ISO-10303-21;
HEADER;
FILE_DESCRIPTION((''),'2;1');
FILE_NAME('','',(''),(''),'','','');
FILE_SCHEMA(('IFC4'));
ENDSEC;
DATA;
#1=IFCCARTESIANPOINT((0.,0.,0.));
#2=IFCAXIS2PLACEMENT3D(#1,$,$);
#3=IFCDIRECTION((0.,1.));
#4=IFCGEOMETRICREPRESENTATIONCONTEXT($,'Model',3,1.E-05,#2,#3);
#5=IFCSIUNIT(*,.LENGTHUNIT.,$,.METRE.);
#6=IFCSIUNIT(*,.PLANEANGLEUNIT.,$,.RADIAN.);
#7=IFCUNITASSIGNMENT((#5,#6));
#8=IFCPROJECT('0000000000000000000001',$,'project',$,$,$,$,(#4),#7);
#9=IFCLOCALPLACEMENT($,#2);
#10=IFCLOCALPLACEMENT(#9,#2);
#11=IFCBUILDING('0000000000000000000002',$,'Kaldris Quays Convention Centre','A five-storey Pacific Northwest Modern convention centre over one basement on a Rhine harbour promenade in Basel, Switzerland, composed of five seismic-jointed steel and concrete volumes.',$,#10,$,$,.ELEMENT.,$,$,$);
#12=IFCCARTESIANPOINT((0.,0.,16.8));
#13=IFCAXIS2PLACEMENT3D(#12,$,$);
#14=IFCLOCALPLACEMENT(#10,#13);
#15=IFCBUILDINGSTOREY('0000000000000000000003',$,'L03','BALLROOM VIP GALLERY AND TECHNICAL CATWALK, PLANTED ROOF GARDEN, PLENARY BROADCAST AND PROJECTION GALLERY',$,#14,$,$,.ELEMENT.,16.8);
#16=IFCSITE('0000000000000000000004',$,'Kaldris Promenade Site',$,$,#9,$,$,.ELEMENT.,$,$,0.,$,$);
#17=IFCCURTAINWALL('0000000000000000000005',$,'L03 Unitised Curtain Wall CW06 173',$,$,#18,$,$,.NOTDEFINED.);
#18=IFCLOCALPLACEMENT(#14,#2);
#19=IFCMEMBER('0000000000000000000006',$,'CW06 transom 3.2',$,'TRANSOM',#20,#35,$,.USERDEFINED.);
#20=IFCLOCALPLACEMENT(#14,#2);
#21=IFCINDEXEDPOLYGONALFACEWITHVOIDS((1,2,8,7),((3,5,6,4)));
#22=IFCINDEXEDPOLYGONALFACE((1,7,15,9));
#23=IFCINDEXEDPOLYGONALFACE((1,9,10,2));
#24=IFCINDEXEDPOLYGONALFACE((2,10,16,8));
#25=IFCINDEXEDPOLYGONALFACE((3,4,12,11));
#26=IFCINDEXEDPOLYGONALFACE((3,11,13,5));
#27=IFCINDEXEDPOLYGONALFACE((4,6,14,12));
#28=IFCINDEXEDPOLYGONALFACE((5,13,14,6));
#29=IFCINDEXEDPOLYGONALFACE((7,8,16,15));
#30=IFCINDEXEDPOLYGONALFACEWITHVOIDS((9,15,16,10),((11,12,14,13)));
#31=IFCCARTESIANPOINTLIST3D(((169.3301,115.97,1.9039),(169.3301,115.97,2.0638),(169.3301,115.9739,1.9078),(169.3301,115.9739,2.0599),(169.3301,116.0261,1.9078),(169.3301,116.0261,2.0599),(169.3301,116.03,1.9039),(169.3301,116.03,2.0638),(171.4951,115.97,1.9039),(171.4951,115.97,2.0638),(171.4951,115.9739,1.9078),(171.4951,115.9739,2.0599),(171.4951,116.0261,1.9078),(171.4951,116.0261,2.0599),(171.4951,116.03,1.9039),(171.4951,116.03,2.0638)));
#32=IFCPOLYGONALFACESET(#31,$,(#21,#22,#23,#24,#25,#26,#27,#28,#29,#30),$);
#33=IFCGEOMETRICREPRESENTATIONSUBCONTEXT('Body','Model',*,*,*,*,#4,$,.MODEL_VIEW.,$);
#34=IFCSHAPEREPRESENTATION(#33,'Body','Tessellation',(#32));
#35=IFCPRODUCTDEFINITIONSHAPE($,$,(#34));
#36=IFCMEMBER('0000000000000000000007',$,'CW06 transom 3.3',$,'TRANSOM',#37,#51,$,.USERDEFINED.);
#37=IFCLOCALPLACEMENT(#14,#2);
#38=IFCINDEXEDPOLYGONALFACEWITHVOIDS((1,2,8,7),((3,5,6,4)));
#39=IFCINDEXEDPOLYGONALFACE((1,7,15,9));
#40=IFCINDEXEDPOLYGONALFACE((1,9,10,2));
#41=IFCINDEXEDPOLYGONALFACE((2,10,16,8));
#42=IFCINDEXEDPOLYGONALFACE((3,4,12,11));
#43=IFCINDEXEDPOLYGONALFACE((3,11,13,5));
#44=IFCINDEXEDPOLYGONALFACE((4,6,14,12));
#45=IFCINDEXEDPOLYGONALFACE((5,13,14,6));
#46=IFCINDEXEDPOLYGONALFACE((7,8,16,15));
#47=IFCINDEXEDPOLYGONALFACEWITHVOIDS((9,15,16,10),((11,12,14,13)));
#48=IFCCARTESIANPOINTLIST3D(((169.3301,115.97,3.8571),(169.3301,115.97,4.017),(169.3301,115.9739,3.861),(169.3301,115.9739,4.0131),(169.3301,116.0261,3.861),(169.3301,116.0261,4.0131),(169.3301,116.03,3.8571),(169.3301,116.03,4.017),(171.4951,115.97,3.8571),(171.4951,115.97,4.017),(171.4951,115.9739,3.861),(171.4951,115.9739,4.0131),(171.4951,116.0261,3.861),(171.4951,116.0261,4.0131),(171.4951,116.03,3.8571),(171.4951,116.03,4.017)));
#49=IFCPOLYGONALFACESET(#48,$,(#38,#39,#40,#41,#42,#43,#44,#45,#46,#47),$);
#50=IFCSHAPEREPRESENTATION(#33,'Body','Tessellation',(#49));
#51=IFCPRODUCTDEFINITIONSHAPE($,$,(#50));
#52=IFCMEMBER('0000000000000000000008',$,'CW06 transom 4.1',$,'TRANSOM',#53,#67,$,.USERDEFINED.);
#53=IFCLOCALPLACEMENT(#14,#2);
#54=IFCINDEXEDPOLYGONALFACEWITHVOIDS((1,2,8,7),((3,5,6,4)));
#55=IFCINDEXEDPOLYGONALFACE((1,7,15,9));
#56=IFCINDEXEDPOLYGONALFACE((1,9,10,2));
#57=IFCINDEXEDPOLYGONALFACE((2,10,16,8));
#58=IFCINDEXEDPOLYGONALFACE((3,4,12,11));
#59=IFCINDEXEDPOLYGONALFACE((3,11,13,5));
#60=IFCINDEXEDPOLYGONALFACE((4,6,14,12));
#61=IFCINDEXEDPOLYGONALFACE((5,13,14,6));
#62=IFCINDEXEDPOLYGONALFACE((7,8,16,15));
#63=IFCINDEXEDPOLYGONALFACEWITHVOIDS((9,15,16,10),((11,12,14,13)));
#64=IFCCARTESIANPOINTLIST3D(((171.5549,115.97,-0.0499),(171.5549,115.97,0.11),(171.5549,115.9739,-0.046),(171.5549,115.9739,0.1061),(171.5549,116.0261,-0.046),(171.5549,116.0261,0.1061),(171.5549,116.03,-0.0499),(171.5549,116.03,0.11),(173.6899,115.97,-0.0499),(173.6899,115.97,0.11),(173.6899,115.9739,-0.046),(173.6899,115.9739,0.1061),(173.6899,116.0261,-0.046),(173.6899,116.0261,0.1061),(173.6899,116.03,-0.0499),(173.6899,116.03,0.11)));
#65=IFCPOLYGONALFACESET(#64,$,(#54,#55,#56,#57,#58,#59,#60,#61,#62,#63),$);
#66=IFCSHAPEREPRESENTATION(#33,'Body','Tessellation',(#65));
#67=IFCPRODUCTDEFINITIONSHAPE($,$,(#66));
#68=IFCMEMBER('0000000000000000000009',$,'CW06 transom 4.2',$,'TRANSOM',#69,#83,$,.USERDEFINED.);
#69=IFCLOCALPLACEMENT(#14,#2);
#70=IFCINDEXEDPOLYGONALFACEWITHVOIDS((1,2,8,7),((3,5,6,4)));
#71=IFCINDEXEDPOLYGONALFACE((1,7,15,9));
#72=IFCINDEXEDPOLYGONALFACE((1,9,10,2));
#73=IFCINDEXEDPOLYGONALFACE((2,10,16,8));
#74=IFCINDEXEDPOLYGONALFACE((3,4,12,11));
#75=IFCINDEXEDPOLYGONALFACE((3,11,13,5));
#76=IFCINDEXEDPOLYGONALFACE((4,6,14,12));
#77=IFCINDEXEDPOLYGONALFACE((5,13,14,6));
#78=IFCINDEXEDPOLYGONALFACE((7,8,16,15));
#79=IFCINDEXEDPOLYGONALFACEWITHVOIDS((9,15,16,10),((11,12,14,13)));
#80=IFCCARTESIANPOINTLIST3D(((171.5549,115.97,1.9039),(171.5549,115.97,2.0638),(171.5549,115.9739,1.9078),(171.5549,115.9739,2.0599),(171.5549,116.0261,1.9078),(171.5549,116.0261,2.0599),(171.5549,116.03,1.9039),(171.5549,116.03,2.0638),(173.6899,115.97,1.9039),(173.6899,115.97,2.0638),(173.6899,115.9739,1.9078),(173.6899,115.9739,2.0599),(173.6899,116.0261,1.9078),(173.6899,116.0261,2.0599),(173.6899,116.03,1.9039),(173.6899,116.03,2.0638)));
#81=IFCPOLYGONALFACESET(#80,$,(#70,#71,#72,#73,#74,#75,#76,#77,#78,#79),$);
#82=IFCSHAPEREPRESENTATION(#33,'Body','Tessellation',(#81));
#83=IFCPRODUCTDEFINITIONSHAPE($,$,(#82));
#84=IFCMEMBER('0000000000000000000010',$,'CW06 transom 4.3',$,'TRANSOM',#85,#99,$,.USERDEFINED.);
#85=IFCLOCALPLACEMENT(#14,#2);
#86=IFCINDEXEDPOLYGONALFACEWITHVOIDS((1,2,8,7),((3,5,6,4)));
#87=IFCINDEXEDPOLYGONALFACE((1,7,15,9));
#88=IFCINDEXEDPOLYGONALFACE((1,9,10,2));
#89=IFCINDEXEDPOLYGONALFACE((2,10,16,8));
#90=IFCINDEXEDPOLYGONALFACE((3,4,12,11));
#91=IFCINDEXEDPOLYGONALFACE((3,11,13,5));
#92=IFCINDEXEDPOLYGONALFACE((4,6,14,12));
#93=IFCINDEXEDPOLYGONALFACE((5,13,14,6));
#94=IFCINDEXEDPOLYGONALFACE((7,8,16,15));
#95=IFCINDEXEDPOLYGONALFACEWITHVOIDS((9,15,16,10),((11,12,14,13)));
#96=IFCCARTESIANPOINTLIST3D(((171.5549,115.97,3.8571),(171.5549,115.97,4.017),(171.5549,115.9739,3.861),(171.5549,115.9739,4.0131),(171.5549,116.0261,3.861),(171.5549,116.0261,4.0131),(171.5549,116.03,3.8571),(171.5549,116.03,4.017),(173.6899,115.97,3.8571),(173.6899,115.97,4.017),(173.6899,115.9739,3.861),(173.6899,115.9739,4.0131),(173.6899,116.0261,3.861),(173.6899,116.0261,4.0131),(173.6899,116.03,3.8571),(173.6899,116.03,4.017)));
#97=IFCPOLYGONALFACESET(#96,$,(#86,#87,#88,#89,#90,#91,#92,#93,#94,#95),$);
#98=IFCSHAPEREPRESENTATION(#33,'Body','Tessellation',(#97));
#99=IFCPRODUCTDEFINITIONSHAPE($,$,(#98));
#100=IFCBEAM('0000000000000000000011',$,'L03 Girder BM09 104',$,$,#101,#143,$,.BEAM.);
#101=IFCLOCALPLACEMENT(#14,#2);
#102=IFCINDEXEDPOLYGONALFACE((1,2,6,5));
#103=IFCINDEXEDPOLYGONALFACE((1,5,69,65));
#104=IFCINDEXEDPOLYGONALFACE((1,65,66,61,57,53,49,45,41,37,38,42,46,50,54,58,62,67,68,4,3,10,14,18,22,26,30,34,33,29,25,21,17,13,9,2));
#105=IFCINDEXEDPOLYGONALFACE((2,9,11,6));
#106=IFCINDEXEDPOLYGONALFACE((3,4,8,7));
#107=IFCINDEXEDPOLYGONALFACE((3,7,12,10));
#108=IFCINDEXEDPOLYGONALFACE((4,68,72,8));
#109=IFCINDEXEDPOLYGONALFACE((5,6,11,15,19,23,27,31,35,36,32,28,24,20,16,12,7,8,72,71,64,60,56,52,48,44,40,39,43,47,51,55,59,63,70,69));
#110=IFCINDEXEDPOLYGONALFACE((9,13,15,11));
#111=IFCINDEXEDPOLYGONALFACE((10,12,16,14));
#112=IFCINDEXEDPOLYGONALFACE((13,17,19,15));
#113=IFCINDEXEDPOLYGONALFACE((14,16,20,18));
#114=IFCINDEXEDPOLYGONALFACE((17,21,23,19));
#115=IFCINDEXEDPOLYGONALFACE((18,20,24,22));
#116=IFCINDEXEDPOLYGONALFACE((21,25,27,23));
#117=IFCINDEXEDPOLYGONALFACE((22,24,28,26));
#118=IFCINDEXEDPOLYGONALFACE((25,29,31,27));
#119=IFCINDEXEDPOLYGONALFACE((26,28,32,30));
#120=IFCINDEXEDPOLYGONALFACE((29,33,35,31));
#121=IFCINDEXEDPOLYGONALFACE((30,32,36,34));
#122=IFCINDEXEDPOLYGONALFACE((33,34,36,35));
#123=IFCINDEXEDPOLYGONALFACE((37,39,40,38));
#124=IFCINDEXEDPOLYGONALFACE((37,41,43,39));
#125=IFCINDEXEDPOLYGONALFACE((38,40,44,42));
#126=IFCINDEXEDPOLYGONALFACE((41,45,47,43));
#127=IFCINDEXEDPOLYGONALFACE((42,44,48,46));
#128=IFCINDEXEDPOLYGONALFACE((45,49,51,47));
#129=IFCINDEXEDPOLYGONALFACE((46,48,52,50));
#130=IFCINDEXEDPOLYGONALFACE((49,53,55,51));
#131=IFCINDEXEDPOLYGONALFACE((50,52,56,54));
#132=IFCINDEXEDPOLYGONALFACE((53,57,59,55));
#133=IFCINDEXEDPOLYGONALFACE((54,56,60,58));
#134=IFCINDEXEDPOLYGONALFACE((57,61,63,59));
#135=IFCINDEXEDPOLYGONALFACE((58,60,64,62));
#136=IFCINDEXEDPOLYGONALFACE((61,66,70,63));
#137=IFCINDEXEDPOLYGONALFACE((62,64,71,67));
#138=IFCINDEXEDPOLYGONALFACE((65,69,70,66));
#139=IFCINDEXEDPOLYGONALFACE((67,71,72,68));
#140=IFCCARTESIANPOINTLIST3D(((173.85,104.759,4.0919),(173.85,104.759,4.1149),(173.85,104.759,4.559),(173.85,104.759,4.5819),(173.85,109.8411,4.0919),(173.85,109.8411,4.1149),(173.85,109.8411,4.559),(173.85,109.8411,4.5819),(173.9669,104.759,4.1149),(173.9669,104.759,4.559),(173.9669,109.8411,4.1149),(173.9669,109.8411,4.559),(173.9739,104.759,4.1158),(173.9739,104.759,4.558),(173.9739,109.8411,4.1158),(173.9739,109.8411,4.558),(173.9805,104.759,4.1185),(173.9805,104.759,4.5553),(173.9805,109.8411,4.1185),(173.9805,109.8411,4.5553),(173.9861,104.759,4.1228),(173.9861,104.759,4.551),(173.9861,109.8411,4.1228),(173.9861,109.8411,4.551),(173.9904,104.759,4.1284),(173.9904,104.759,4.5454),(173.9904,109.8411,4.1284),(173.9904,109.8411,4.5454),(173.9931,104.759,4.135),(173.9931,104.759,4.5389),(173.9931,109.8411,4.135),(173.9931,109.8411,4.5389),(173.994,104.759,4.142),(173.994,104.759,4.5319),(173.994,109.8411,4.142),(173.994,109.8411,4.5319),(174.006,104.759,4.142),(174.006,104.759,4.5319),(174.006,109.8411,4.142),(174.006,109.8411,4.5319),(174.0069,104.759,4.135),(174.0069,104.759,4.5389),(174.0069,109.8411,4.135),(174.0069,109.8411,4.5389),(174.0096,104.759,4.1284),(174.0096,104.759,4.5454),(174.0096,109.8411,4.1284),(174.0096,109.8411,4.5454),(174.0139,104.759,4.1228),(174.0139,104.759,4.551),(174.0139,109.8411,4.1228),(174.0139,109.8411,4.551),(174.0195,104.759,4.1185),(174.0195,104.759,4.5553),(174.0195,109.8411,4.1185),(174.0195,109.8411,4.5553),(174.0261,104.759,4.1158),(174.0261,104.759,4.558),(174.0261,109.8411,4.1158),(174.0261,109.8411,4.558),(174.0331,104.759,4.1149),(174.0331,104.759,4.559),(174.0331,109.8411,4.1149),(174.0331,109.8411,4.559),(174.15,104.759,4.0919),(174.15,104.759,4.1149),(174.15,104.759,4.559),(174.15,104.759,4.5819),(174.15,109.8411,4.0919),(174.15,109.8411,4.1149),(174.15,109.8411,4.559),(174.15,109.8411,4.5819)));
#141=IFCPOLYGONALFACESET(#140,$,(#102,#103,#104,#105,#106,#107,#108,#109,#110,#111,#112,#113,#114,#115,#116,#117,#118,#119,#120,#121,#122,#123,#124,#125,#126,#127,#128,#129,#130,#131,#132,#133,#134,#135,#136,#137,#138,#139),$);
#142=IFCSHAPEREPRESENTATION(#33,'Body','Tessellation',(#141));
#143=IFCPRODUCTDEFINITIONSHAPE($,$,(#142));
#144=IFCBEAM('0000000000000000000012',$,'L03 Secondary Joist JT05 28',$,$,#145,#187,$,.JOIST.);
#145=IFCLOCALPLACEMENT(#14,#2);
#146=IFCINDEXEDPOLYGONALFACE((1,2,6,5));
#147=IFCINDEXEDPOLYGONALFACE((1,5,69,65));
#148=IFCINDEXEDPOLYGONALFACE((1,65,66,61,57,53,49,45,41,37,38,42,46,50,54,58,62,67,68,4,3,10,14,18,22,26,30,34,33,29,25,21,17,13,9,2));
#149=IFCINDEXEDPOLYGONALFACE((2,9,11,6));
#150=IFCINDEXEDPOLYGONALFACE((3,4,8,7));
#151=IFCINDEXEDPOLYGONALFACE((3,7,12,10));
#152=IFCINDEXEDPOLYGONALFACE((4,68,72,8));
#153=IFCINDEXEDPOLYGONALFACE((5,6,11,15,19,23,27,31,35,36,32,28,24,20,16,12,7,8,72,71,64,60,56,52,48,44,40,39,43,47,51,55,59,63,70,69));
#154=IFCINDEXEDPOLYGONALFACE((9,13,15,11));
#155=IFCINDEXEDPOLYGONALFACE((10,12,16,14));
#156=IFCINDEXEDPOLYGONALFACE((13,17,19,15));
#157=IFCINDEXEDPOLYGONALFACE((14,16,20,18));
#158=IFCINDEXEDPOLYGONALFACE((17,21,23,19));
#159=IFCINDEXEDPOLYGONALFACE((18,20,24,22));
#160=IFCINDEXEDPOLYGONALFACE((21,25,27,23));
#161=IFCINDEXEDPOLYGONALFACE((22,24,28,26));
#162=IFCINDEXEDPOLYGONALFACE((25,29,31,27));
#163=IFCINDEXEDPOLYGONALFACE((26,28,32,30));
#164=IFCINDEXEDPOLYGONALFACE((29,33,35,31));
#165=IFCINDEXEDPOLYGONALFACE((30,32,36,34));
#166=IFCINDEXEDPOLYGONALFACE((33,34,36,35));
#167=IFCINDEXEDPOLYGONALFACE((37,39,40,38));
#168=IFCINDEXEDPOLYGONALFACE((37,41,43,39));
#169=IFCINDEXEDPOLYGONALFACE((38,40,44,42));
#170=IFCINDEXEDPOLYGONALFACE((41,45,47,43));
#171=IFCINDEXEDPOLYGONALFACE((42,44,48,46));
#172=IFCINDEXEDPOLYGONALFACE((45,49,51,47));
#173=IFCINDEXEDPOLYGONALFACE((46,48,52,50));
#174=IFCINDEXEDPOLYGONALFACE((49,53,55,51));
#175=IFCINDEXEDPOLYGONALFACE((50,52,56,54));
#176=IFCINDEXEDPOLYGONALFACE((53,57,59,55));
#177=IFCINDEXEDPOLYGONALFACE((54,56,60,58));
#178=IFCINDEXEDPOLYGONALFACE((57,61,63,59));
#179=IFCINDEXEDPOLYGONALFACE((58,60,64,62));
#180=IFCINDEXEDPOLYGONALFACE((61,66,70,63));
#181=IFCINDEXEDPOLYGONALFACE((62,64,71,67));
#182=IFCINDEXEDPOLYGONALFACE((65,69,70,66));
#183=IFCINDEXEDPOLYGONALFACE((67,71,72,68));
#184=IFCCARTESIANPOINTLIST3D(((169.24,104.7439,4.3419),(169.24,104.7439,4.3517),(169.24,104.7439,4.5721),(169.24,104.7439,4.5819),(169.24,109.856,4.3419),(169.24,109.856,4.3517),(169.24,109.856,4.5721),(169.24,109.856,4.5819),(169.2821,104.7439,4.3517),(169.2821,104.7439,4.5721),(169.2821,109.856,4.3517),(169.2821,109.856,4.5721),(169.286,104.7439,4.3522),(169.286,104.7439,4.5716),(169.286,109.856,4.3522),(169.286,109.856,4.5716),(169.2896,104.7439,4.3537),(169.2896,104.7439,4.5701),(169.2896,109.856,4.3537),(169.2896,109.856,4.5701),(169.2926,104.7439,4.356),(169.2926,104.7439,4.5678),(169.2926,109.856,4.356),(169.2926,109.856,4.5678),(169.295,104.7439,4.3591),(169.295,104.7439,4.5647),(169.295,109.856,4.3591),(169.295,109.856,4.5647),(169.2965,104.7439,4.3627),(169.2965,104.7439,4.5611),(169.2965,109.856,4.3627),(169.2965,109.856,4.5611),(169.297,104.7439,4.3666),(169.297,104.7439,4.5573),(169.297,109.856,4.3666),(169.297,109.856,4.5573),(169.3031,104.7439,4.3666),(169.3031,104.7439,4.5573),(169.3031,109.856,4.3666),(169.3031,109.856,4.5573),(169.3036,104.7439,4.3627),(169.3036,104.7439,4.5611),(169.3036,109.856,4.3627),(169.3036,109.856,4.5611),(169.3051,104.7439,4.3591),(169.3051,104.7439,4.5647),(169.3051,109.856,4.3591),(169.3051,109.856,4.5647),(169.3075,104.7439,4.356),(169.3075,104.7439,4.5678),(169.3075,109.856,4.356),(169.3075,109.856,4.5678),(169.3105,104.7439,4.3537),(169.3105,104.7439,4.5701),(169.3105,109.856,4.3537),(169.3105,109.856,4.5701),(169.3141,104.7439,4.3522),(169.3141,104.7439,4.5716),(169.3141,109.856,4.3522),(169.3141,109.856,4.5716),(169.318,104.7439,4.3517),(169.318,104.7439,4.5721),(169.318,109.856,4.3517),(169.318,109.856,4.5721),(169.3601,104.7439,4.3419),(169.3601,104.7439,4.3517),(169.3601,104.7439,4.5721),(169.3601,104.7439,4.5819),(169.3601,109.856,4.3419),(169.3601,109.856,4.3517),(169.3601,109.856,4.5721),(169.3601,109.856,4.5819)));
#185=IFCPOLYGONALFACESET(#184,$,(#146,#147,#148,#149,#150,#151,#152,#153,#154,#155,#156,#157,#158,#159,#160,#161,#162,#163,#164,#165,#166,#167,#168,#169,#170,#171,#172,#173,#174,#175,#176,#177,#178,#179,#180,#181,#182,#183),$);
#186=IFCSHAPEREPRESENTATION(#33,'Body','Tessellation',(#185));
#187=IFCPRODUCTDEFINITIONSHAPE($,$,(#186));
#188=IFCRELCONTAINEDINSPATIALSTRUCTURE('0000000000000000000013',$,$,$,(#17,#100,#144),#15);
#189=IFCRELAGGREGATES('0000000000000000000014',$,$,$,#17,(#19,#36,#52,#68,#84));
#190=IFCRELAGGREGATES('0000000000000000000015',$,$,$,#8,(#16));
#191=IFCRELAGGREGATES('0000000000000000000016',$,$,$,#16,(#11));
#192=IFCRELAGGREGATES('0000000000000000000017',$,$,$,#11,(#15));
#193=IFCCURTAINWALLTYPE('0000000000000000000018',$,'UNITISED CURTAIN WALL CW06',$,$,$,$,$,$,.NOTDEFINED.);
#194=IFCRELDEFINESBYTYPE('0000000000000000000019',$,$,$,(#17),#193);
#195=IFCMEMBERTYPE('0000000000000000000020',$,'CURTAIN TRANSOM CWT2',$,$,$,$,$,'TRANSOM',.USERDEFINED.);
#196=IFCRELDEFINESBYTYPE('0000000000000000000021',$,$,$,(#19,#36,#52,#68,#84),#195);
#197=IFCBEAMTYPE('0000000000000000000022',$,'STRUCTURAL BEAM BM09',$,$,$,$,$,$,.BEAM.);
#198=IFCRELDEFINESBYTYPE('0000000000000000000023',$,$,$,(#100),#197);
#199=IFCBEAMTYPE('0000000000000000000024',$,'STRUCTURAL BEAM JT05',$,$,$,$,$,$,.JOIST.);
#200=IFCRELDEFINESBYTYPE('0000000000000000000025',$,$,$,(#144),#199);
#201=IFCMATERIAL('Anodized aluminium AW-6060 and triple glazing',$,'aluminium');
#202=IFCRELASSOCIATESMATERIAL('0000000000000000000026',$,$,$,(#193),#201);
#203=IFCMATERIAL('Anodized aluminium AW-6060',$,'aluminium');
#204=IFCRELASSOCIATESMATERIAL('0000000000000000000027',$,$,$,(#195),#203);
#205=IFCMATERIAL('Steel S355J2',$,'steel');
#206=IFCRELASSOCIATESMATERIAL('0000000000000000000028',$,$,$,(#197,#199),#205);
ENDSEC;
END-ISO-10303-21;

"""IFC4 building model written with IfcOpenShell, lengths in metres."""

from ifc_helpers import new_model, si_unit, direction, frame, origin, origin_2d, place, context, subcontext, project, spatial, hollow_rectangle, i_section, extrude, material, material_profile, profile_set, type_object, element, aggregate, save


model = new_model("IFC4")

# Units and contexts
model_context = context("Model", 3, precision=1e-05, world=origin(), true_north=direction((0.0, 1.0)))
body_context = subcontext(model_context, "Body", "Model", "MODEL_VIEW")
ifc_project = project(units=[si_unit("LENGTHUNIT", "METRE"), si_unit("PLANEANGLEUNIT", "RADIAN")], contexts=[model_context])

# Site, building, storey
site_placement = place(None, origin())
site = spatial("IfcSite", under=ifc_project, at=site_placement, Name="Kaldris Promenade Site", CompositionType="ELEMENT", RefElevation=0.0)
building_placement = place(site_placement, origin())
building = spatial("IfcBuilding", under=site, at=building_placement, Name="Kaldris Quays Convention Centre", Description="A five-storey Pacific Northwest Modern convention centre over one basement on a Rhine harbour promenade in Basel, Switzerland, composed of five seismic-jointed steel and concrete volumes.", CompositionType="ELEMENT")
storey_placement = place(building_placement, frame((0.0, 0.0, 16.8)))
storey = spatial("IfcBuildingStorey", under=building, at=storey_placement, Name="L03", Description="BALLROOM VIP GALLERY AND TECHNICAL CATWALK, PLANTED ROOF GARDEN, PLENARY BROADCAST AND PROJECTION GALLERY", CompositionType="ELEMENT", Elevation=16.8)

# Shared definitions
ifc_material_1 = material(Name="Steel S355J2", Category="steel")

# Curtain wall, members
ifc_material_2 = material(Name="Anodized aluminium AW-6060 and triple glazing", Category="aluminium")
curtain_wall_type = type_object("IfcCurtainWallType", Name="UNITISED CURTAIN WALL CW06", PredefinedType="NOTDEFINED", material=ifc_material_2)
curtain_wall_placement = place(storey_placement, origin())
curtain_wall = element("IfcCurtainWall", 1, at=curtain_wall_placement, inside=storey, type_object=curtain_wall_type, Name="L03 Unitised Curtain Wall CW06 173", PredefinedType="NOTDEFINED")
ifc_material_3 = material(Name="Anodized aluminium AW-6060", Category="aluminium")
ifc_material_profile_1 = material_profile(ifc_material_3, hollow_rectangle(XDim=0.0601, YDim=0.1599, WallThickness=0.0039, at=origin_2d()), Name="RHS 160x60x4")
ifc_profile_set_1 = profile_set([ifc_material_profile_1], Name="Anodized aluminium AW-6060")
member_type_1 = type_object("IfcMemberType", Name="CURTAIN TRANSOM CWT2", ElementType="TRANSOM", PredefinedType="USERDEFINED", material=ifc_profile_set_1)
member_1_placement = place(storey_placement, frame((169.3301, 116.0, 1.9839), z_axis=(1.0, 0.0, 0.0), x_axis=(0.0, 1.0, 0.0)))
member_1 = element("IfcMember", 2, at=member_1_placement, type_object=member_type_1, Name="CW06 transom 3.2", ObjectType="TRANSOM", PredefinedType="USERDEFINED", context=body_context, shape_type="SweptSolid", body=[
    extrude(hollow_rectangle(XDim=0.0601, YDim=0.1599, WallThickness=0.0039, at=origin_2d()), origin(), (0.0, 0.0, 1.0), 2.165),
])
member_2_placement = place(storey_placement, frame((169.3301, 116.0, 3.937), z_axis=(1.0, 0.0, 0.0), x_axis=(0.0, 1.0, 0.0)))
member_2 = element("IfcMember", 3, at=member_2_placement, type_object=member_type_1, Name="CW06 transom 3.3", ObjectType="TRANSOM", PredefinedType="USERDEFINED", context=body_context, shape_type="SweptSolid", body=[
    extrude(hollow_rectangle(XDim=0.0601, YDim=0.1599, WallThickness=0.0039, at=origin_2d()), origin(), (0.0, 0.0, 1.0), 2.165),
])
member_3_placement = place(storey_placement, frame((171.5549, 116.0, 0.03), z_axis=(1.0, 0.0, 0.0), x_axis=(0.0, 1.0, 0.0)))
member_3 = element("IfcMember", 4, at=member_3_placement, type_object=member_type_1, Name="CW06 transom 4.1", ObjectType="TRANSOM", PredefinedType="USERDEFINED", context=body_context, shape_type="SweptSolid", body=[
    extrude(hollow_rectangle(XDim=0.0601, YDim=0.1599, WallThickness=0.0039, at=origin_2d()), origin(), (0.0, 0.0, 1.0), 2.135),
])
member_4_placement = place(storey_placement, frame((171.5549, 116.0, 1.9839), z_axis=(1.0, 0.0, 0.0), x_axis=(0.0, 1.0, 0.0)))
member_4 = element("IfcMember", 5, at=member_4_placement, type_object=member_type_1, Name="CW06 transom 4.2", ObjectType="TRANSOM", PredefinedType="USERDEFINED", context=body_context, shape_type="SweptSolid", body=[
    extrude(hollow_rectangle(XDim=0.0601, YDim=0.1599, WallThickness=0.0039, at=origin_2d()), origin(), (0.0, 0.0, 1.0), 2.135),
])
member_5_placement = place(storey_placement, frame((171.5549, 116.0, 3.937), z_axis=(1.0, 0.0, 0.0), x_axis=(0.0, 1.0, 0.0)))
member_5 = element("IfcMember", 6, at=member_5_placement, type_object=member_type_1, Name="CW06 transom 4.3", ObjectType="TRANSOM", PredefinedType="USERDEFINED", context=body_context, shape_type="SweptSolid", body=[
    extrude(hollow_rectangle(XDim=0.0601, YDim=0.1599, WallThickness=0.0039, at=origin_2d()), origin(), (0.0, 0.0, 1.0), 2.135),
])

# Beams
ifc_material_profile_2 = material_profile(ifc_material_1, i_section(OverallWidth=0.3, OverallDepth=0.49, WebThickness=0.012, FlangeThickness=0.0229, FilletRadius=0.0271, at=origin_2d()), Name="HEA 500")
ifc_profile_set_2 = profile_set([ifc_material_profile_2], Name="Steel S355J2")
beam_type_1 = type_object("IfcBeamType", Name="STRUCTURAL BEAM BM09", PredefinedType="BEAM", material=ifc_profile_set_2)
beam_1_placement = place(storey_placement, frame((174.0, 104.759, 4.3369), z_axis=(0.0, 1.0, 0.0), x_axis=(-1.0, 0.0, 0.0)))
element("IfcBeam", 7, at=beam_1_placement, inside=storey, type_object=beam_type_1, Name="L03 Girder BM09 104", PredefinedType="BEAM", context=body_context, shape_type="SweptSolid", body=[
    extrude(i_section(OverallWidth=0.3, OverallDepth=0.49, WebThickness=0.012, FlangeThickness=0.0229, FilletRadius=0.0271, at=origin_2d()), origin(), (0.0, 0.0, 1.0), 5.082),
])
ifc_material_profile_3 = material_profile(ifc_material_1, i_section(OverallWidth=0.1201, OverallDepth=0.24, WebThickness=0.0061, FlangeThickness=0.0098, FilletRadius=0.0149, at=origin_2d()), Name="IPE 240")
ifc_profile_set_3 = profile_set([ifc_material_profile_3], Name="Steel S355J2")
beam_type_2 = type_object("IfcBeamType", Name="STRUCTURAL BEAM JT05", PredefinedType="JOIST", material=ifc_profile_set_3)
beam_2_placement = place(storey_placement, frame((169.3, 104.7439, 4.4619), z_axis=(0.0, 1.0, 0.0), x_axis=(-1.0, 0.0, 0.0)))
element("IfcBeam", 8, at=beam_2_placement, inside=storey, type_object=beam_type_2, Name="L03 Secondary Joist JT05 28", PredefinedType="JOIST", context=body_context, shape_type="SweptSolid", body=[
    extrude(i_section(OverallWidth=0.1201, OverallDepth=0.24, WebThickness=0.0061, FlangeThickness=0.0098, FilletRadius=0.0149, at=origin_2d()), origin(), (0.0, 0.0, 1.0), 5.1121),
])

aggregate(curtain_wall, [member_1, member_2, member_3, member_4, member_5])

save(model, "model.ifc")
